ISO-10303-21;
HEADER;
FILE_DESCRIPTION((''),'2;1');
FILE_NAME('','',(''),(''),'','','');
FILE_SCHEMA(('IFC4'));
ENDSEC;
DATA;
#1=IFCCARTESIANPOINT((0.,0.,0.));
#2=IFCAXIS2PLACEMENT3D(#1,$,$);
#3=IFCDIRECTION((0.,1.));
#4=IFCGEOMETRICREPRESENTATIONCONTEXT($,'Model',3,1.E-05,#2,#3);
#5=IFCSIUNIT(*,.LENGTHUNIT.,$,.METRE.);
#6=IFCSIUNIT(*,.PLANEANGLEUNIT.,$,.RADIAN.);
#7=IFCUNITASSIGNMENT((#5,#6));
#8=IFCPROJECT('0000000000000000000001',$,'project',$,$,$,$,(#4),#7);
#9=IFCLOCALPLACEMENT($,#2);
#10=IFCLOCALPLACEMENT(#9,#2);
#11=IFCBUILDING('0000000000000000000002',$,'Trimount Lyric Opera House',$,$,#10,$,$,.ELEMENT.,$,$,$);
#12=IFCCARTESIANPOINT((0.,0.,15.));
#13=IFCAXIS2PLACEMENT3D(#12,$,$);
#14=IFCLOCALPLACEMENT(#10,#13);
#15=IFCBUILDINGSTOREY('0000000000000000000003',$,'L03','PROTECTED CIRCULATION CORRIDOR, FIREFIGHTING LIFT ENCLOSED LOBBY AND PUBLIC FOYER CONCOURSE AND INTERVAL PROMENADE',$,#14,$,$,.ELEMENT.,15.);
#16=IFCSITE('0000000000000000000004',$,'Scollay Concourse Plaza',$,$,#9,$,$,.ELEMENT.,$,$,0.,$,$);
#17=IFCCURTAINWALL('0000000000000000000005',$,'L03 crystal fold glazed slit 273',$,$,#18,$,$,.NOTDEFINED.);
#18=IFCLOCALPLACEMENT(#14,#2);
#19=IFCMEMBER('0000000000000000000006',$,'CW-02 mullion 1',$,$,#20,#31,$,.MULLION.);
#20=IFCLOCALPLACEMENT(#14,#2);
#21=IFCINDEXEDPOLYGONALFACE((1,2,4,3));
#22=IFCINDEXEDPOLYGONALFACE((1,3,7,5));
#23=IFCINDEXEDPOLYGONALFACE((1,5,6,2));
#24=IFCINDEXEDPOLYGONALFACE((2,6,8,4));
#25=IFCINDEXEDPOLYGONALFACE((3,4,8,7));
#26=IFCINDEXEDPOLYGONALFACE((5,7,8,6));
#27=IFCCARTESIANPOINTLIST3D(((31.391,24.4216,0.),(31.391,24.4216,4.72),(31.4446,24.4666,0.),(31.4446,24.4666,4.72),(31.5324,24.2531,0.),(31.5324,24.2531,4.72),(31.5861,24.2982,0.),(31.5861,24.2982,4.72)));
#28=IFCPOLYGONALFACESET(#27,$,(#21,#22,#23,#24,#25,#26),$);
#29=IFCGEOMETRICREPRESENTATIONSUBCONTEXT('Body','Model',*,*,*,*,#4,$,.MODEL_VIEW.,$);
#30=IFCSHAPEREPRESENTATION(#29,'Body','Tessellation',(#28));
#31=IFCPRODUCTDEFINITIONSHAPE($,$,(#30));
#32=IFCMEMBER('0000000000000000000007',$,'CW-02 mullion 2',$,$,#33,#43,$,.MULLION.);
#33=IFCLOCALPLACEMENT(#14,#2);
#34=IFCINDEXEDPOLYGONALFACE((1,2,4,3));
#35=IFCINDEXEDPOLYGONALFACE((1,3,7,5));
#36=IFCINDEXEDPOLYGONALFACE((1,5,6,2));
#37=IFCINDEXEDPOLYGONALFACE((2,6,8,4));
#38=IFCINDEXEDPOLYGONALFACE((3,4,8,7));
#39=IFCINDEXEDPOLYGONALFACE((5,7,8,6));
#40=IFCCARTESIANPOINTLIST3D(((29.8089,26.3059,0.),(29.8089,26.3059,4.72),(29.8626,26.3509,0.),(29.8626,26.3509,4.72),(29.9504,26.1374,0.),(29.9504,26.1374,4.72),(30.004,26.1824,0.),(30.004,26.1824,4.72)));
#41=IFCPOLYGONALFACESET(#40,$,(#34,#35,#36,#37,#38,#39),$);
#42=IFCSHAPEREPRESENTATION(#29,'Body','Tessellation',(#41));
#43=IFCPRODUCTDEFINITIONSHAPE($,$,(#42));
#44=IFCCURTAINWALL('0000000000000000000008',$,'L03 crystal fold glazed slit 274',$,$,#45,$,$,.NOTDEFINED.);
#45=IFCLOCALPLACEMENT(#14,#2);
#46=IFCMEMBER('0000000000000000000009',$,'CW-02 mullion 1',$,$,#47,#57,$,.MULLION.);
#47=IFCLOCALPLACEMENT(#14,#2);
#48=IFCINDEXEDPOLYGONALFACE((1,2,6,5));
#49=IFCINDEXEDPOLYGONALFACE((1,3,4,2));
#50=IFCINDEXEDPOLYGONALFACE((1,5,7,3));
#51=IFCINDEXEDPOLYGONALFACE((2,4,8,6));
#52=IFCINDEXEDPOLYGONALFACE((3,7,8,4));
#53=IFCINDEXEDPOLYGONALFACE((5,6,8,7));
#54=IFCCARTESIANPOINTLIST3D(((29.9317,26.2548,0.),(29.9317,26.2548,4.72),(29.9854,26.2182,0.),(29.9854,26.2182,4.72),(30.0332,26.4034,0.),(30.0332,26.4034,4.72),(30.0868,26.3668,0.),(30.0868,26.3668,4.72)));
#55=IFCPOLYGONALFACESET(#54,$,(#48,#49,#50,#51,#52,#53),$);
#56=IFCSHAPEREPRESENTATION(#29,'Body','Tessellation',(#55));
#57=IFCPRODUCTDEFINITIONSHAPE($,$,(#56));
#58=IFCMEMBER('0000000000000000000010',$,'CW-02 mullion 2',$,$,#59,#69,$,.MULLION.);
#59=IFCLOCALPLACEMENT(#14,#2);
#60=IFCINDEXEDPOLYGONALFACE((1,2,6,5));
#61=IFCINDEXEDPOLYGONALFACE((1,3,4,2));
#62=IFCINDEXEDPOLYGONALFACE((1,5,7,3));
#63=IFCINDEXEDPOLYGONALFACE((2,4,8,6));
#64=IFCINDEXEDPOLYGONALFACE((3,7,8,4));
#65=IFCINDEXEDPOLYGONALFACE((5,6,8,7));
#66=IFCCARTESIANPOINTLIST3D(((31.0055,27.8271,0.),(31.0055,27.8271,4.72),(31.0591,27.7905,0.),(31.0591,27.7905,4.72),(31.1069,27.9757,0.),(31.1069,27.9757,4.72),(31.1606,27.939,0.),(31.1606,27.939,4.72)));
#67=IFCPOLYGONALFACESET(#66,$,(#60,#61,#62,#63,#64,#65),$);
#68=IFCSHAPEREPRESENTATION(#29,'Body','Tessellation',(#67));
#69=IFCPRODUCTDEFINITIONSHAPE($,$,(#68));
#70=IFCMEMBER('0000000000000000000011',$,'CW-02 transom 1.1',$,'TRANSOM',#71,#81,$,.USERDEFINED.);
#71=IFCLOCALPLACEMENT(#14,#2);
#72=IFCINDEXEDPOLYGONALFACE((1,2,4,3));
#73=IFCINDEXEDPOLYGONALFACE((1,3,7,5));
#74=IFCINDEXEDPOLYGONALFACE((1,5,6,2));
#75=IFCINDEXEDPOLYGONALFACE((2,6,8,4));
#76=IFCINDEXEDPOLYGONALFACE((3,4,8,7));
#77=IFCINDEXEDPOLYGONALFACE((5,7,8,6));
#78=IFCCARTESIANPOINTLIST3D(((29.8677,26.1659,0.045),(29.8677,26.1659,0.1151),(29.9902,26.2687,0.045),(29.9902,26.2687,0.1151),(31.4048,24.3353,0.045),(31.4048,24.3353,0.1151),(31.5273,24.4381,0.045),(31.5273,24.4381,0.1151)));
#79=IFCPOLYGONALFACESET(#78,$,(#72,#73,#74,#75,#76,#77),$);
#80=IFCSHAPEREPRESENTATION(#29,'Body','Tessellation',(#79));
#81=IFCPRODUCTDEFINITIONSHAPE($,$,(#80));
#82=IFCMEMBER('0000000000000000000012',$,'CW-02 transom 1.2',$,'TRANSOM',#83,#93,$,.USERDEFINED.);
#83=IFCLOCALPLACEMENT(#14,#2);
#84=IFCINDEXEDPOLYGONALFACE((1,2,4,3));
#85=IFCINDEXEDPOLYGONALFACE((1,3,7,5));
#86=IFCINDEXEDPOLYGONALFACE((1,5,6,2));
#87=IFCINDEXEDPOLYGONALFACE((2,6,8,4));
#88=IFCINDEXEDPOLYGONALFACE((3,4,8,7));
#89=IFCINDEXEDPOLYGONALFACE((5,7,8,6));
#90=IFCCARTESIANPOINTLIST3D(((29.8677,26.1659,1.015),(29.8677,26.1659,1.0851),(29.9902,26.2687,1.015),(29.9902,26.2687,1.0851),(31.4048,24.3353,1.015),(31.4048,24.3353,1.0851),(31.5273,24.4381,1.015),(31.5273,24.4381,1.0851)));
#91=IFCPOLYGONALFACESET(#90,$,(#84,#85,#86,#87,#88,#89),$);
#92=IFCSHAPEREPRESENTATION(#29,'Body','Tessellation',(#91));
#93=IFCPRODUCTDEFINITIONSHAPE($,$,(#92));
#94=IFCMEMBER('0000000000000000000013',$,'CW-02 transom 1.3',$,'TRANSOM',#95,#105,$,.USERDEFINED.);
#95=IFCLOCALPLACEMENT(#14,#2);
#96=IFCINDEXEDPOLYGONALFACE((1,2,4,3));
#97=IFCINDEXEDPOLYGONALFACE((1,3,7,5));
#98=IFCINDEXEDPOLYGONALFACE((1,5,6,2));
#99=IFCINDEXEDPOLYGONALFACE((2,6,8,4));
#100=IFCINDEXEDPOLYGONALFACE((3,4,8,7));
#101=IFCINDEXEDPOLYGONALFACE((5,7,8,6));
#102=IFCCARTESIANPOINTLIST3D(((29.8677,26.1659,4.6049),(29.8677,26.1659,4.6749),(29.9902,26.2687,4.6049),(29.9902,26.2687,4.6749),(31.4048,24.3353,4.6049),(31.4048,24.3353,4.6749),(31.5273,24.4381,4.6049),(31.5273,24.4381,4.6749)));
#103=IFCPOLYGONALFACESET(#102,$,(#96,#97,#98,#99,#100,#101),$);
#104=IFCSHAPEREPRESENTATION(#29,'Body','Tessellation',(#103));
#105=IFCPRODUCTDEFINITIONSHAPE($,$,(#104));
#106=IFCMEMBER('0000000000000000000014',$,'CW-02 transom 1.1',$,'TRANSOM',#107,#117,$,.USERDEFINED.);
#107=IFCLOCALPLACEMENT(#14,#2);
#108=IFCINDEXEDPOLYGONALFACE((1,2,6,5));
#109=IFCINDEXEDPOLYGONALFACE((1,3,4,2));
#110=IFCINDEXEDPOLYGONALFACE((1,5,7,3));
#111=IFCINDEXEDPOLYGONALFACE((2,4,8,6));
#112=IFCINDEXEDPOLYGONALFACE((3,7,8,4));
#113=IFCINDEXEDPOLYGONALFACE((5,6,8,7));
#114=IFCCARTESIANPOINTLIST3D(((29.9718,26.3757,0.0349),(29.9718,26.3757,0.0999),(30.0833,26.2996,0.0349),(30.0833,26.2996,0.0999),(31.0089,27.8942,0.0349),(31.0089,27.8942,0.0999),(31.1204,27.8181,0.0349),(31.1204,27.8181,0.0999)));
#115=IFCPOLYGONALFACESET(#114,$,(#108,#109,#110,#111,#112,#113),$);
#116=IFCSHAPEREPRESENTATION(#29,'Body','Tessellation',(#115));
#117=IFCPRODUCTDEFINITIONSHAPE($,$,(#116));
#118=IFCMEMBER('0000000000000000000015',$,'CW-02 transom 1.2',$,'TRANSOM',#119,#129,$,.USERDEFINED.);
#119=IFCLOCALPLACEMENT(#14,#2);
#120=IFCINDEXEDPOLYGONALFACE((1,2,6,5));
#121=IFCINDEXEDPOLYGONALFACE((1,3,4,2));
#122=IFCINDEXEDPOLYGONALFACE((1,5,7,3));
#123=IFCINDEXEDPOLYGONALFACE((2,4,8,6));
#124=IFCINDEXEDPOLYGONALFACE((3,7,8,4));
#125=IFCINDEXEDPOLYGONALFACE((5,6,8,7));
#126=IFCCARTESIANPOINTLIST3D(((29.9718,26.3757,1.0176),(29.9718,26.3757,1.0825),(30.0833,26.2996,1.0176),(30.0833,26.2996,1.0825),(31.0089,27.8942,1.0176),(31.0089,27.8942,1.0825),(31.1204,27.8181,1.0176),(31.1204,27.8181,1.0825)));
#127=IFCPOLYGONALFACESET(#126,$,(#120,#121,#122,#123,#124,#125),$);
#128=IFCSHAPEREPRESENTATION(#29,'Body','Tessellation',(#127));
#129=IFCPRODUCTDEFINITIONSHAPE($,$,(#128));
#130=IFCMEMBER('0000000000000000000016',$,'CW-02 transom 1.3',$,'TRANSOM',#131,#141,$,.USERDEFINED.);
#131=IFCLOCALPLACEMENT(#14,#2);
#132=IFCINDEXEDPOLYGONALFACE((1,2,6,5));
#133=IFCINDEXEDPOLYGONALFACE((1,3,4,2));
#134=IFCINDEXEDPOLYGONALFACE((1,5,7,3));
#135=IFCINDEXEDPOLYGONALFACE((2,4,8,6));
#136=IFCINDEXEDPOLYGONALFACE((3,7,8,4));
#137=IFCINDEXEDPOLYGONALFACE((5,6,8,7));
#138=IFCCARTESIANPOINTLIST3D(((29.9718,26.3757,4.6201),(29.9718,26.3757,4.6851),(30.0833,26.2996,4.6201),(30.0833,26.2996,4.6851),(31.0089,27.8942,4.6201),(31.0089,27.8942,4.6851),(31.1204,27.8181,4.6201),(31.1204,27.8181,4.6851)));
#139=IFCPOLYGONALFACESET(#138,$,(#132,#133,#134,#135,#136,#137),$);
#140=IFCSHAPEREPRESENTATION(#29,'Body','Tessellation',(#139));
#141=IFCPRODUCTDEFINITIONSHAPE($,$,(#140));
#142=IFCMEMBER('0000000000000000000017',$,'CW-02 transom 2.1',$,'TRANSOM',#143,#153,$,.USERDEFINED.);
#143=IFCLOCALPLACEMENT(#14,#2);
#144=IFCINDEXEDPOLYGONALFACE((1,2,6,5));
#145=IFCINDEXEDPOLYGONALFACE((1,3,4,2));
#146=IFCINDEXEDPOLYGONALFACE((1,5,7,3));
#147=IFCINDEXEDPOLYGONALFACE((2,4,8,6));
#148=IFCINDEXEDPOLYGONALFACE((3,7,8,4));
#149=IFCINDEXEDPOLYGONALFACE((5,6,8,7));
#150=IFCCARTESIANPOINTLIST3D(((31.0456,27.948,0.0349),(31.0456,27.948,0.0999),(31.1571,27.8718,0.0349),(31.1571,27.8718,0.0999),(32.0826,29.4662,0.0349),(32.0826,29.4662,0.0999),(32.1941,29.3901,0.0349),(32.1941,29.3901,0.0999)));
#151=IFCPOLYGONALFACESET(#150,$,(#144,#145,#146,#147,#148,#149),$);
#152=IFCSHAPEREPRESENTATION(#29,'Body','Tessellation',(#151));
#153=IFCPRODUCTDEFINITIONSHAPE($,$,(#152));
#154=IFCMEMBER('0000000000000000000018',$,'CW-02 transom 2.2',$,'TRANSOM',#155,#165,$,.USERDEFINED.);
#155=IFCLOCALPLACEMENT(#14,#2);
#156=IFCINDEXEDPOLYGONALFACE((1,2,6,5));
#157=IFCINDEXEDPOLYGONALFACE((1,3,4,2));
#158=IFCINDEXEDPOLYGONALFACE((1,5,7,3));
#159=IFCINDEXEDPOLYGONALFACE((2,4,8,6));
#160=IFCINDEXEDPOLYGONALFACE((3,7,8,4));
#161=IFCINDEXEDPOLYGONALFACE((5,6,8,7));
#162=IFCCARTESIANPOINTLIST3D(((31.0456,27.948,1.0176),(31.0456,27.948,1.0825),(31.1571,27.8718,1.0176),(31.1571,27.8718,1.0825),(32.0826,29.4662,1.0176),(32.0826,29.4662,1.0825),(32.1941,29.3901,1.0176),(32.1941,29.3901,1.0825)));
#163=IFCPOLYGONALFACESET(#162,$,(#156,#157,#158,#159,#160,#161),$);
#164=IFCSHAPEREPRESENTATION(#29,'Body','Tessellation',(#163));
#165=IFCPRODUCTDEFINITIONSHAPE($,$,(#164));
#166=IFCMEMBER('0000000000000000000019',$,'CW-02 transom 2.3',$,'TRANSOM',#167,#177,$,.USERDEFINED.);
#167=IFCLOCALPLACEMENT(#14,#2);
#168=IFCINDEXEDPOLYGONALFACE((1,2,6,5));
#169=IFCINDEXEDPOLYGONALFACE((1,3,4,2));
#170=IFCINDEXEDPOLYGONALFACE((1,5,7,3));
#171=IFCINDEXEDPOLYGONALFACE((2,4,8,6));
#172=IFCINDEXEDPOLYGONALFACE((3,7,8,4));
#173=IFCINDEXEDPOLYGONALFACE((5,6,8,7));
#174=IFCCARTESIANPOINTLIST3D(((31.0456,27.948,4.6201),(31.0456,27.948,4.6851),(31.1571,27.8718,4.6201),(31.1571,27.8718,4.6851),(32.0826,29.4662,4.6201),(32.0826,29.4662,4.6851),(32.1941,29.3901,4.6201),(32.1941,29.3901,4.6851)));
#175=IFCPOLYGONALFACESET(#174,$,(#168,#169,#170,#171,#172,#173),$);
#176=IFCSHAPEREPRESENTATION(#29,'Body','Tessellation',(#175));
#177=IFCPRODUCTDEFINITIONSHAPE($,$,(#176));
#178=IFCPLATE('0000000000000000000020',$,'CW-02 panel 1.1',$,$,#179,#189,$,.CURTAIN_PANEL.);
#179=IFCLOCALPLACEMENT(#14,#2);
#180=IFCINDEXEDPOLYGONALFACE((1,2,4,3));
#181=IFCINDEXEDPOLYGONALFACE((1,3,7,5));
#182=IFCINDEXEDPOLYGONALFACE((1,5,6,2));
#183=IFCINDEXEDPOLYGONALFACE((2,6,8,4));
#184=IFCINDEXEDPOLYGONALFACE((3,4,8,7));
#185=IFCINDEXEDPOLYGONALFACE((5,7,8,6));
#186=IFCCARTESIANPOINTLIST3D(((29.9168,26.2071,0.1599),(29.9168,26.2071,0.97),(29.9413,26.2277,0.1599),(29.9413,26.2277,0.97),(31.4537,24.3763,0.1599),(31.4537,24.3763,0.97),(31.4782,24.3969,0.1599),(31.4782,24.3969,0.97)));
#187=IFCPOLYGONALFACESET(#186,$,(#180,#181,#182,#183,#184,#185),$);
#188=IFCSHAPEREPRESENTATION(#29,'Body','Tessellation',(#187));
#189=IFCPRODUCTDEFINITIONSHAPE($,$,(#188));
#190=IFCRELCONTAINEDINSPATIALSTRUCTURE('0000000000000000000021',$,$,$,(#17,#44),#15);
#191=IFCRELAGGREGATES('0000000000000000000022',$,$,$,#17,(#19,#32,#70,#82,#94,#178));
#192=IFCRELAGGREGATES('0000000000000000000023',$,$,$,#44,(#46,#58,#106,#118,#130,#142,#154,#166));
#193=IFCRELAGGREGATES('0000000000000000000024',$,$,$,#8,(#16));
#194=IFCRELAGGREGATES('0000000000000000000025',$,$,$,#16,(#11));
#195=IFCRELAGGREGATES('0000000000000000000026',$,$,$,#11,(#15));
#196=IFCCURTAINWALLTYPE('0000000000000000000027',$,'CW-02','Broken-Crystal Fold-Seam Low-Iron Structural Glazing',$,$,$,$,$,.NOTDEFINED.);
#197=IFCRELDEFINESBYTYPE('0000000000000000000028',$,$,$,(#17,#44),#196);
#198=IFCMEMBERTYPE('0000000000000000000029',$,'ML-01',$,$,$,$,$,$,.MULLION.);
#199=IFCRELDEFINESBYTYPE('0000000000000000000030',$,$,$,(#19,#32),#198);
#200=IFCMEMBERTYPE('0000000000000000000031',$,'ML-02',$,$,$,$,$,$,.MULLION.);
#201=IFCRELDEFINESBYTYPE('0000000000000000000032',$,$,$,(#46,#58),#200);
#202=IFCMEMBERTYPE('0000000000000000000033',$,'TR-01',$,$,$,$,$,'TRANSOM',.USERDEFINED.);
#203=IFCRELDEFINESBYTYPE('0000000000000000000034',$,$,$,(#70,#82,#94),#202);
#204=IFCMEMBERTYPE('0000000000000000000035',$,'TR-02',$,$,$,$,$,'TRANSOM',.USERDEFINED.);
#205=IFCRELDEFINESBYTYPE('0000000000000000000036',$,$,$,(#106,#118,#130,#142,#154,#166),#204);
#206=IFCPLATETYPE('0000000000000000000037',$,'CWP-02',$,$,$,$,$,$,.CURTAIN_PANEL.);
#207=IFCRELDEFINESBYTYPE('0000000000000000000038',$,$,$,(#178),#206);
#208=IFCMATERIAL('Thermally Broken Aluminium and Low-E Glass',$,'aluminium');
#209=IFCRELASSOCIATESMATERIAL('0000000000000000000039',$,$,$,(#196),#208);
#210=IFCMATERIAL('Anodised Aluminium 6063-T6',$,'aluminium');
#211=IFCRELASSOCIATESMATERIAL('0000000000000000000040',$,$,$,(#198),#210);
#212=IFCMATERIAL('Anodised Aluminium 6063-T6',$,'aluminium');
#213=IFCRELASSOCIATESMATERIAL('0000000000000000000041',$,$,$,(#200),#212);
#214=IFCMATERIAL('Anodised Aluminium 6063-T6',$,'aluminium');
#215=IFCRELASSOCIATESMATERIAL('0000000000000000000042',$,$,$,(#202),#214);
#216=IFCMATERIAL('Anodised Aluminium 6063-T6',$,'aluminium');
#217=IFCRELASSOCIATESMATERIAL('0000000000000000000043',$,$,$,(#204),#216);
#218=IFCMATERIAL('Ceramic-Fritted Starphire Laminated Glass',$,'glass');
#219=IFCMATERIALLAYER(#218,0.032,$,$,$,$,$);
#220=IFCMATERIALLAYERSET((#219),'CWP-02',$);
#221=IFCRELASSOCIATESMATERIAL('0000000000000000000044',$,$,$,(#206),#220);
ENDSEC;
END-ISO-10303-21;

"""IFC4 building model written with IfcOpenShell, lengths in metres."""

from ifc_helpers import new_model, si_unit, direction, frame, origin, origin_2d, place, context, subcontext, project, spatial, rectangle, extrude, material, layer, layer_set, material_profile, profile_set, type_object, element, aggregate, save


model = new_model("IFC4")

# Units and contexts
model_context = context("Model", 3, precision=1e-05, world=origin(), true_north=direction((0.0, 1.0)))
body_context = subcontext(model_context, "Body", "Model", "MODEL_VIEW")
ifc_project = project(units=[si_unit("LENGTHUNIT", "METRE"), si_unit("PLANEANGLEUNIT", "RADIAN")], contexts=[model_context])

# Site, building, storey
site_placement = place(None, origin())
site = spatial("IfcSite", under=ifc_project, at=site_placement, Name="Scollay Concourse Plaza", CompositionType="ELEMENT", RefElevation=0.0)
building_placement = place(site_placement, origin())
building = spatial("IfcBuilding", under=site, at=building_placement, Name="Trimount Lyric Opera House", CompositionType="ELEMENT")
storey_placement = place(building_placement, frame((0.0, 0.0, 15.0)))
storey = spatial("IfcBuildingStorey", under=building, at=storey_placement, Name="L03", Description="PROTECTED CIRCULATION CORRIDOR, FIREFIGHTING LIFT ENCLOSED LOBBY AND PUBLIC FOYER CONCOURSE AND INTERVAL PROMENADE", CompositionType="ELEMENT", Elevation=15.0)

# Curtain walls, members
ifc_material_1 = material(Name="Thermally Broken Aluminium and Low-E Glass", Category="aluminium")
curtain_wall_type = type_object("IfcCurtainWallType", Name="CW-02", Description="Broken-Crystal Fold-Seam Low-Iron Structural Glazing", PredefinedType="NOTDEFINED", material=ifc_material_1)
curtain_wall_1_placement = place(storey_placement, origin())
curtain_wall_1 = element("IfcCurtainWall", 1, at=curtain_wall_1_placement, inside=storey, type_object=curtain_wall_type, Name="L03 crystal fold glazed slit 273", PredefinedType="NOTDEFINED")
ifc_material_2 = material(Name="Anodised Aluminium 6063-T6", Category="aluminium")
ifc_material_profile_1 = material_profile(ifc_material_2, rectangle(XDim=0.0701, YDim=0.22, at=origin_2d()), Name="ALU-MULL-70X220")
ifc_profile_set_1 = profile_set([ifc_material_profile_1], Name="Anodised Aluminium 6063-T6")
member_type_1 = type_object("IfcMemberType", Name="ML-01", PredefinedType="MULLION", material=ifc_profile_set_1)
member_1_placement = place(storey_placement, frame((31.4885, 24.3599, 0.0), z_axis=(0.0, 0.0, 1.0), x_axis=(-0.765884, -0.642979, 0.0)))
member_1 = element("IfcMember", 2, at=member_1_placement, type_object=member_type_1, Name="CW-02 mullion 1", PredefinedType="MULLION", context=body_context, shape_type="SweptSolid", body=[
    extrude(rectangle(XDim=0.0701, YDim=0.22, at=origin_2d()), origin(), (0.0, 0.0, 1.0), 4.72),
])
member_2_placement = place(storey_placement, frame((29.9065, 26.2441, 0.0), z_axis=(0.0, 0.0, 1.0), x_axis=(-0.765884, -0.642979, 0.0)))
member_2 = element("IfcMember", 3, at=member_2_placement, type_object=member_type_1, Name="CW-02 mullion 2", PredefinedType="MULLION", context=body_context, shape_type="SweptSolid", body=[
    extrude(rectangle(XDim=0.0701, YDim=0.22, at=origin_2d()), origin(), (0.0, 0.0, 1.0), 4.72),
])
curtain_wall_2_placement = place(storey_placement, origin())
curtain_wall_2 = element("IfcCurtainWall", 4, at=curtain_wall_2_placement, inside=storey, type_object=curtain_wall_type, Name="L03 crystal fold glazed slit 274", PredefinedType="NOTDEFINED")
ifc_material_3 = material(Name="Anodised Aluminium 6063-T6", Category="aluminium")
ifc_material_profile_2 = material_profile(ifc_material_3, rectangle(XDim=0.0649, YDim=0.1799, at=origin_2d()), Name="ALU-MULL-65X180")
ifc_profile_set_2 = profile_set([ifc_material_profile_2], Name="Anodised Aluminium 6063-T6")
member_type_2 = type_object("IfcMemberType", Name="ML-02", PredefinedType="MULLION", material=ifc_profile_set_2)
member_3_placement = place(storey_placement, frame((30.0093, 26.3108, 0.0), z_axis=(0.0, 0.0, 1.0), x_axis=(-0.825801, 0.563962, 0.0)))
member_3 = element("IfcMember", 5, at=member_3_placement, type_object=member_type_2, Name="CW-02 mullion 1", PredefinedType="MULLION", context=body_context, shape_type="SweptSolid", body=[
    extrude(rectangle(XDim=0.0649, YDim=0.1799, at=origin_2d()), origin(), (0.0, 0.0, 1.0), 4.72),
])
member_4_placement = place(storey_placement, frame((31.083, 27.8831, 0.0), z_axis=(0.0, 0.0, 1.0), x_axis=(-0.825801, 0.563962, 0.0)))
member_4 = element("IfcMember", 6, at=member_4_placement, type_object=member_type_2, Name="CW-02 mullion 2", PredefinedType="MULLION", context=body_context, shape_type="SweptSolid", body=[
    extrude(rectangle(XDim=0.0649, YDim=0.1799, at=origin_2d()), origin(), (0.0, 0.0, 1.0), 4.72),
])

# Members
ifc_material_4 = material(Name="Anodised Aluminium 6063-T6", Category="aluminium")
ifc_material_profile_3 = material_profile(ifc_material_4, rectangle(XDim=0.1599, YDim=0.0701, at=origin_2d()), Name="ALU-TRAN-70X160")
ifc_profile_set_3 = profile_set([ifc_material_profile_3], Name="Anodised Aluminium 6063-T6")
member_type_3 = type_object("IfcMemberType", Name="TR-01", ElementType="TRANSOM", PredefinedType="USERDEFINED", material=ifc_profile_set_3)
member_5_placement = place(storey_placement, frame((31.4661, 24.3867, 0.0801), z_axis=(-0.643053, 0.765822, 0.0), x_axis=(-0.765822, -0.643053, 0.0)))
member_5 = element("IfcMember", 7, at=member_5_placement, type_object=member_type_3, Name="CW-02 transom 1.1", ObjectType="TRANSOM", PredefinedType="USERDEFINED", context=body_context, shape_type="SweptSolid", body=[
    extrude(rectangle(XDim=0.1599, YDim=0.0701, at=origin_2d()), origin(), (0.0, 0.0, 1.0), 2.3904),
])
member_6_placement = place(storey_placement, frame((31.4661, 24.3867, 1.05), z_axis=(-0.643053, 0.765822, 0.0), x_axis=(-0.765822, -0.643053, 0.0)))
member_6 = element("IfcMember", 8, at=member_6_placement, type_object=member_type_3, Name="CW-02 transom 1.2", ObjectType="TRANSOM", PredefinedType="USERDEFINED", context=body_context, shape_type="SweptSolid", body=[
    extrude(rectangle(XDim=0.1599, YDim=0.0701, at=origin_2d()), origin(), (0.0, 0.0, 1.0), 2.3904),
])
member_7_placement = place(storey_placement, frame((31.4661, 24.3867, 4.6399), z_axis=(-0.643053, 0.765822, 0.0), x_axis=(-0.765822, -0.643053, 0.0)))
member_7 = element("IfcMember", 9, at=member_7_placement, type_object=member_type_3, Name="CW-02 transom 1.3", ObjectType="TRANSOM", PredefinedType="USERDEFINED", context=body_context, shape_type="SweptSolid", body=[
    extrude(rectangle(XDim=0.1599, YDim=0.0701, at=origin_2d()), origin(), (0.0, 0.0, 1.0), 2.3904),
])
ifc_material_5 = material(Name="Anodised Aluminium 6063-T6", Category="aluminium")
ifc_material_profile_4 = material_profile(ifc_material_5, rectangle(XDim=0.135, YDim=0.0649, at=origin_2d()), Name="ALU-TRAN-65X135")
ifc_profile_set_4 = profile_set([ifc_material_profile_4], Name="Anodised Aluminium 6063-T6")
member_type_4 = type_object("IfcMemberType", Name="TR-02", ElementType="TRANSOM", PredefinedType="USERDEFINED", material=ifc_profile_set_4)
member_8_placement = place(storey_placement, frame((30.0276, 26.3376, 0.0674), z_axis=(0.563979, 0.825789, 0.0), x_axis=(-0.825789, 0.563979, 0.0)))
member_8 = element("IfcMember", 10, at=member_8_placement, type_object=member_type_4, Name="CW-02 transom 1.1", ObjectType="TRANSOM", PredefinedType="USERDEFINED", context=body_context, shape_type="SweptSolid", body=[
    extrude(rectangle(XDim=0.135, YDim=0.0649, at=origin_2d()), origin(), (0.0, 0.0, 1.0), 1.8389),
])
member_9_placement = place(storey_placement, frame((30.0276, 26.3376, 1.05), z_axis=(0.563979, 0.825789, 0.0), x_axis=(-0.825789, 0.563979, 0.0)))
member_9 = element("IfcMember", 11, at=member_9_placement, type_object=member_type_4, Name="CW-02 transom 1.2", ObjectType="TRANSOM", PredefinedType="USERDEFINED", context=body_context, shape_type="SweptSolid", body=[
    extrude(rectangle(XDim=0.135, YDim=0.0649, at=origin_2d()), origin(), (0.0, 0.0, 1.0), 1.8389),
])
member_10_placement = place(storey_placement, frame((30.0276, 26.3376, 4.6526), z_axis=(0.563979, 0.825789, 0.0), x_axis=(-0.825789, 0.563979, 0.0)))
member_10 = element("IfcMember", 12, at=member_10_placement, type_object=member_type_4, Name="CW-02 transom 1.3", ObjectType="TRANSOM", PredefinedType="USERDEFINED", context=body_context, shape_type="SweptSolid", body=[
    extrude(rectangle(XDim=0.135, YDim=0.0649, at=origin_2d()), origin(), (0.0, 0.0, 1.0), 1.8389),
])
member_11_placement = place(storey_placement, frame((31.1013, 27.9099, 0.0674), z_axis=(0.564041, 0.825747, 0.0), x_axis=(-0.825747, 0.564041, 0.0)))
member_11 = element("IfcMember", 13, at=member_11_placement, type_object=member_type_4, Name="CW-02 transom 2.1", ObjectType="TRANSOM", PredefinedType="USERDEFINED", context=body_context, shape_type="SweptSolid", body=[
    extrude(rectangle(XDim=0.135, YDim=0.0649, at=origin_2d()), origin(), (0.0, 0.0, 1.0), 1.8386),
])
member_12_placement = place(storey_placement, frame((31.1013, 27.9099, 1.05), z_axis=(0.564041, 0.825747, 0.0), x_axis=(-0.825747, 0.564041, 0.0)))
member_12 = element("IfcMember", 14, at=member_12_placement, type_object=member_type_4, Name="CW-02 transom 2.2", ObjectType="TRANSOM", PredefinedType="USERDEFINED", context=body_context, shape_type="SweptSolid", body=[
    extrude(rectangle(XDim=0.135, YDim=0.0649, at=origin_2d()), origin(), (0.0, 0.0, 1.0), 1.8386),
])
member_13_placement = place(storey_placement, frame((31.1013, 27.9099, 4.6526), z_axis=(0.564041, 0.825747, 0.0), x_axis=(-0.825747, 0.564041, 0.0)))
member_13 = element("IfcMember", 15, at=member_13_placement, type_object=member_type_4, Name="CW-02 transom 2.3", ObjectType="TRANSOM", PredefinedType="USERDEFINED", context=body_context, shape_type="SweptSolid", body=[
    extrude(rectangle(XDim=0.135, YDim=0.0649, at=origin_2d()), origin(), (0.0, 0.0, 1.0), 1.8386),
])

# Plate
ifc_material_6 = material(Name="Ceramic-Fritted Starphire Laminated Glass", Category="glass")
ifc_layer_1 = layer(ifc_material_6, 0.032)
ifc_layer_set_1 = layer_set([ifc_layer_1], Name="CWP-02")
plate_type = type_object("IfcPlateType", Name="CWP-02", PredefinedType="CURTAIN_PANEL", material=ifc_layer_set_1)
plate_1_placement = place(storey_placement, frame((30.6975, 25.302, 0.1599), z_axis=(0.0, 0.0, 1.0), x_axis=(-0.642979, 0.765884, 0.0)))
plate_1 = element("IfcPlate", 16, at=plate_1_placement, type_object=plate_type, Name="CW-02 panel 1.1", PredefinedType="CURTAIN_PANEL", context=body_context, shape_type="SweptSolid", body=[
    extrude(rectangle(XDim=2.3904, YDim=0.032, at=origin_2d()), origin(), (0.0, 0.0, 1.0), 0.8101),
])
aggregate(curtain_wall_1, [member_1, member_2, member_5, member_6, member_7, plate_1])
aggregate(curtain_wall_2, [member_3, member_4, member_8, member_9, member_10, member_11, member_12, member_13])

save(model, "model.ifc")
